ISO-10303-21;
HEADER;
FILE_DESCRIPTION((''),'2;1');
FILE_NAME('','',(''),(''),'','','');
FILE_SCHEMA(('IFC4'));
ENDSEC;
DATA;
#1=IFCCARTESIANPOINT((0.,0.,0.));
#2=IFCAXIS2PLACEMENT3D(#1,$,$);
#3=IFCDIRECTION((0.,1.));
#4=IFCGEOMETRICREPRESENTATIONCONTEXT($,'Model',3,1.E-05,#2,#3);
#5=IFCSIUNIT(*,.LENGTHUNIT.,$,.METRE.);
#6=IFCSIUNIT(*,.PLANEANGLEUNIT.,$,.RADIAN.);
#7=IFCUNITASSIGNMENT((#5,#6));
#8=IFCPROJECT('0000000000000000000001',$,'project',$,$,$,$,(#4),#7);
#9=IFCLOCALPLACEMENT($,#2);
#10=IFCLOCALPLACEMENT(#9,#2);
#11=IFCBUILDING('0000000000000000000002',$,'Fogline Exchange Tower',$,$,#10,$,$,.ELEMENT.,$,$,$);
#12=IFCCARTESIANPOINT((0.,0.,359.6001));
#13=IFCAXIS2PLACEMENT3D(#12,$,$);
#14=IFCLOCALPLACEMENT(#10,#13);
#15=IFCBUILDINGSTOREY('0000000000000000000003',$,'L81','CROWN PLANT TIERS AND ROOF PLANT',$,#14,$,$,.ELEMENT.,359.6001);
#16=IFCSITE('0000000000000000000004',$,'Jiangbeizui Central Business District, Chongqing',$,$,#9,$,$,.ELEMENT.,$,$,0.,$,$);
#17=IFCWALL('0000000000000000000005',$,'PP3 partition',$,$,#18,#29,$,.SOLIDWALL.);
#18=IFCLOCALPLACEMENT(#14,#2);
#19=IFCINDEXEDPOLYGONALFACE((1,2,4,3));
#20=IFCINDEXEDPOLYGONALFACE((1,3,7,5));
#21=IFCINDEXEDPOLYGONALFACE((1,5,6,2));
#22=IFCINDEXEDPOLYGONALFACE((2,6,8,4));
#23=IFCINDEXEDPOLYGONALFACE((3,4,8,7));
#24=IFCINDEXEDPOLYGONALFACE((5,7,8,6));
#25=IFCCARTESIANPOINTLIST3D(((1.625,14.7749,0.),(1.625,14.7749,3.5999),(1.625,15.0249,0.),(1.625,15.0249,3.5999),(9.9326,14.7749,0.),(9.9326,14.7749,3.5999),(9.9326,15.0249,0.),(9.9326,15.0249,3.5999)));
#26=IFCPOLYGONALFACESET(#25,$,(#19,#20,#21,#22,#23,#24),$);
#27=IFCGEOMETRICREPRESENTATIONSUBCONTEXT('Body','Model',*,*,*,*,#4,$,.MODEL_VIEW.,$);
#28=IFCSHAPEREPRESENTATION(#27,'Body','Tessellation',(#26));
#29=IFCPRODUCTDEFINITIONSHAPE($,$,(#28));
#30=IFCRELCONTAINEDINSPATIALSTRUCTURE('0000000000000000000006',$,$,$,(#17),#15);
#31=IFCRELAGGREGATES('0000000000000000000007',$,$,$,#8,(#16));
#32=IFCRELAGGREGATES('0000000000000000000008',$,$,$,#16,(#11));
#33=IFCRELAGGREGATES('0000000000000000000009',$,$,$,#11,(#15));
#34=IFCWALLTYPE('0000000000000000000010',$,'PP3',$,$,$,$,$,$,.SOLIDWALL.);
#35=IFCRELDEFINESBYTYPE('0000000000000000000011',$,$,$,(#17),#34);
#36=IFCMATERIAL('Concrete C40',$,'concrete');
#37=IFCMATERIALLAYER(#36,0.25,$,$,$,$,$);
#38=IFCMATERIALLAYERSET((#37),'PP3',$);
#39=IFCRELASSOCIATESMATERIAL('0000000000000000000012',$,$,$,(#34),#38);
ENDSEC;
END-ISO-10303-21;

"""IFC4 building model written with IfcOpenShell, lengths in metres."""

from ifc_helpers import new_model, si_unit, direction, frame, frame_2d, origin, place, context, subcontext, project, spatial, rectangle, extrude, material, layer, layer_set, type_object, element, save


model = new_model("IFC4")

# Units and contexts
model_context = context("Model", 3, precision=1e-05, world=origin(), true_north=direction((0.0, 1.0)))
body_context = subcontext(model_context, "Body", "Model", "MODEL_VIEW")
ifc_project = project(units=[si_unit("LENGTHUNIT", "METRE"), si_unit("PLANEANGLEUNIT", "RADIAN")], contexts=[model_context])

# Site, building, storey
site_placement = place(None, origin())
site = spatial("IfcSite", under=ifc_project, at=site_placement, Name="Jiangbeizui Central Business District, Chongqing", CompositionType="ELEMENT", RefElevation=0.0)
building_placement = place(site_placement, origin())
building = spatial("IfcBuilding", under=site, at=building_placement, Name="Fogline Exchange Tower", CompositionType="ELEMENT")
storey_placement = place(building_placement, frame((0.0, 0.0, 359.6001)))
storey = spatial("IfcBuildingStorey", under=building, at=storey_placement, Name="L81", Description="CROWN PLANT TIERS AND ROOF PLANT", CompositionType="ELEMENT", Elevation=359.6001)

# Shared definitions
ifc_material_1 = material(Name="Concrete C40", Category="concrete")

# Shared definitions
ifc_layer_1 = layer(ifc_material_1, 0.25)
ifc_layer_set_1 = layer_set([ifc_layer_1], Name="PP3")
wall_type_1 = type_object("IfcWallType", Name="PP3", PredefinedType="SOLIDWALL", material=ifc_layer_set_1)

# Wall
wall_1_placement = place(storey_placement, frame((1.625, 14.8999, 0.0), z_axis=(0.0, 0.0, 1.0), x_axis=(1.0, 0.0, 0.0)))
element("IfcWall", 1, at=wall_1_placement, inside=storey, type_object=wall_type_1, Name="PP3 partition", PredefinedType="SOLIDWALL", context=body_context, shape_type="SweptSolid", body=[
    extrude(rectangle(XDim=8.3076, YDim=0.25, at=frame_2d((4.1538, 0.0))), origin(), (0.0, 0.0, 1.0), 3.5999),
])

save(model, "model.ifc")
